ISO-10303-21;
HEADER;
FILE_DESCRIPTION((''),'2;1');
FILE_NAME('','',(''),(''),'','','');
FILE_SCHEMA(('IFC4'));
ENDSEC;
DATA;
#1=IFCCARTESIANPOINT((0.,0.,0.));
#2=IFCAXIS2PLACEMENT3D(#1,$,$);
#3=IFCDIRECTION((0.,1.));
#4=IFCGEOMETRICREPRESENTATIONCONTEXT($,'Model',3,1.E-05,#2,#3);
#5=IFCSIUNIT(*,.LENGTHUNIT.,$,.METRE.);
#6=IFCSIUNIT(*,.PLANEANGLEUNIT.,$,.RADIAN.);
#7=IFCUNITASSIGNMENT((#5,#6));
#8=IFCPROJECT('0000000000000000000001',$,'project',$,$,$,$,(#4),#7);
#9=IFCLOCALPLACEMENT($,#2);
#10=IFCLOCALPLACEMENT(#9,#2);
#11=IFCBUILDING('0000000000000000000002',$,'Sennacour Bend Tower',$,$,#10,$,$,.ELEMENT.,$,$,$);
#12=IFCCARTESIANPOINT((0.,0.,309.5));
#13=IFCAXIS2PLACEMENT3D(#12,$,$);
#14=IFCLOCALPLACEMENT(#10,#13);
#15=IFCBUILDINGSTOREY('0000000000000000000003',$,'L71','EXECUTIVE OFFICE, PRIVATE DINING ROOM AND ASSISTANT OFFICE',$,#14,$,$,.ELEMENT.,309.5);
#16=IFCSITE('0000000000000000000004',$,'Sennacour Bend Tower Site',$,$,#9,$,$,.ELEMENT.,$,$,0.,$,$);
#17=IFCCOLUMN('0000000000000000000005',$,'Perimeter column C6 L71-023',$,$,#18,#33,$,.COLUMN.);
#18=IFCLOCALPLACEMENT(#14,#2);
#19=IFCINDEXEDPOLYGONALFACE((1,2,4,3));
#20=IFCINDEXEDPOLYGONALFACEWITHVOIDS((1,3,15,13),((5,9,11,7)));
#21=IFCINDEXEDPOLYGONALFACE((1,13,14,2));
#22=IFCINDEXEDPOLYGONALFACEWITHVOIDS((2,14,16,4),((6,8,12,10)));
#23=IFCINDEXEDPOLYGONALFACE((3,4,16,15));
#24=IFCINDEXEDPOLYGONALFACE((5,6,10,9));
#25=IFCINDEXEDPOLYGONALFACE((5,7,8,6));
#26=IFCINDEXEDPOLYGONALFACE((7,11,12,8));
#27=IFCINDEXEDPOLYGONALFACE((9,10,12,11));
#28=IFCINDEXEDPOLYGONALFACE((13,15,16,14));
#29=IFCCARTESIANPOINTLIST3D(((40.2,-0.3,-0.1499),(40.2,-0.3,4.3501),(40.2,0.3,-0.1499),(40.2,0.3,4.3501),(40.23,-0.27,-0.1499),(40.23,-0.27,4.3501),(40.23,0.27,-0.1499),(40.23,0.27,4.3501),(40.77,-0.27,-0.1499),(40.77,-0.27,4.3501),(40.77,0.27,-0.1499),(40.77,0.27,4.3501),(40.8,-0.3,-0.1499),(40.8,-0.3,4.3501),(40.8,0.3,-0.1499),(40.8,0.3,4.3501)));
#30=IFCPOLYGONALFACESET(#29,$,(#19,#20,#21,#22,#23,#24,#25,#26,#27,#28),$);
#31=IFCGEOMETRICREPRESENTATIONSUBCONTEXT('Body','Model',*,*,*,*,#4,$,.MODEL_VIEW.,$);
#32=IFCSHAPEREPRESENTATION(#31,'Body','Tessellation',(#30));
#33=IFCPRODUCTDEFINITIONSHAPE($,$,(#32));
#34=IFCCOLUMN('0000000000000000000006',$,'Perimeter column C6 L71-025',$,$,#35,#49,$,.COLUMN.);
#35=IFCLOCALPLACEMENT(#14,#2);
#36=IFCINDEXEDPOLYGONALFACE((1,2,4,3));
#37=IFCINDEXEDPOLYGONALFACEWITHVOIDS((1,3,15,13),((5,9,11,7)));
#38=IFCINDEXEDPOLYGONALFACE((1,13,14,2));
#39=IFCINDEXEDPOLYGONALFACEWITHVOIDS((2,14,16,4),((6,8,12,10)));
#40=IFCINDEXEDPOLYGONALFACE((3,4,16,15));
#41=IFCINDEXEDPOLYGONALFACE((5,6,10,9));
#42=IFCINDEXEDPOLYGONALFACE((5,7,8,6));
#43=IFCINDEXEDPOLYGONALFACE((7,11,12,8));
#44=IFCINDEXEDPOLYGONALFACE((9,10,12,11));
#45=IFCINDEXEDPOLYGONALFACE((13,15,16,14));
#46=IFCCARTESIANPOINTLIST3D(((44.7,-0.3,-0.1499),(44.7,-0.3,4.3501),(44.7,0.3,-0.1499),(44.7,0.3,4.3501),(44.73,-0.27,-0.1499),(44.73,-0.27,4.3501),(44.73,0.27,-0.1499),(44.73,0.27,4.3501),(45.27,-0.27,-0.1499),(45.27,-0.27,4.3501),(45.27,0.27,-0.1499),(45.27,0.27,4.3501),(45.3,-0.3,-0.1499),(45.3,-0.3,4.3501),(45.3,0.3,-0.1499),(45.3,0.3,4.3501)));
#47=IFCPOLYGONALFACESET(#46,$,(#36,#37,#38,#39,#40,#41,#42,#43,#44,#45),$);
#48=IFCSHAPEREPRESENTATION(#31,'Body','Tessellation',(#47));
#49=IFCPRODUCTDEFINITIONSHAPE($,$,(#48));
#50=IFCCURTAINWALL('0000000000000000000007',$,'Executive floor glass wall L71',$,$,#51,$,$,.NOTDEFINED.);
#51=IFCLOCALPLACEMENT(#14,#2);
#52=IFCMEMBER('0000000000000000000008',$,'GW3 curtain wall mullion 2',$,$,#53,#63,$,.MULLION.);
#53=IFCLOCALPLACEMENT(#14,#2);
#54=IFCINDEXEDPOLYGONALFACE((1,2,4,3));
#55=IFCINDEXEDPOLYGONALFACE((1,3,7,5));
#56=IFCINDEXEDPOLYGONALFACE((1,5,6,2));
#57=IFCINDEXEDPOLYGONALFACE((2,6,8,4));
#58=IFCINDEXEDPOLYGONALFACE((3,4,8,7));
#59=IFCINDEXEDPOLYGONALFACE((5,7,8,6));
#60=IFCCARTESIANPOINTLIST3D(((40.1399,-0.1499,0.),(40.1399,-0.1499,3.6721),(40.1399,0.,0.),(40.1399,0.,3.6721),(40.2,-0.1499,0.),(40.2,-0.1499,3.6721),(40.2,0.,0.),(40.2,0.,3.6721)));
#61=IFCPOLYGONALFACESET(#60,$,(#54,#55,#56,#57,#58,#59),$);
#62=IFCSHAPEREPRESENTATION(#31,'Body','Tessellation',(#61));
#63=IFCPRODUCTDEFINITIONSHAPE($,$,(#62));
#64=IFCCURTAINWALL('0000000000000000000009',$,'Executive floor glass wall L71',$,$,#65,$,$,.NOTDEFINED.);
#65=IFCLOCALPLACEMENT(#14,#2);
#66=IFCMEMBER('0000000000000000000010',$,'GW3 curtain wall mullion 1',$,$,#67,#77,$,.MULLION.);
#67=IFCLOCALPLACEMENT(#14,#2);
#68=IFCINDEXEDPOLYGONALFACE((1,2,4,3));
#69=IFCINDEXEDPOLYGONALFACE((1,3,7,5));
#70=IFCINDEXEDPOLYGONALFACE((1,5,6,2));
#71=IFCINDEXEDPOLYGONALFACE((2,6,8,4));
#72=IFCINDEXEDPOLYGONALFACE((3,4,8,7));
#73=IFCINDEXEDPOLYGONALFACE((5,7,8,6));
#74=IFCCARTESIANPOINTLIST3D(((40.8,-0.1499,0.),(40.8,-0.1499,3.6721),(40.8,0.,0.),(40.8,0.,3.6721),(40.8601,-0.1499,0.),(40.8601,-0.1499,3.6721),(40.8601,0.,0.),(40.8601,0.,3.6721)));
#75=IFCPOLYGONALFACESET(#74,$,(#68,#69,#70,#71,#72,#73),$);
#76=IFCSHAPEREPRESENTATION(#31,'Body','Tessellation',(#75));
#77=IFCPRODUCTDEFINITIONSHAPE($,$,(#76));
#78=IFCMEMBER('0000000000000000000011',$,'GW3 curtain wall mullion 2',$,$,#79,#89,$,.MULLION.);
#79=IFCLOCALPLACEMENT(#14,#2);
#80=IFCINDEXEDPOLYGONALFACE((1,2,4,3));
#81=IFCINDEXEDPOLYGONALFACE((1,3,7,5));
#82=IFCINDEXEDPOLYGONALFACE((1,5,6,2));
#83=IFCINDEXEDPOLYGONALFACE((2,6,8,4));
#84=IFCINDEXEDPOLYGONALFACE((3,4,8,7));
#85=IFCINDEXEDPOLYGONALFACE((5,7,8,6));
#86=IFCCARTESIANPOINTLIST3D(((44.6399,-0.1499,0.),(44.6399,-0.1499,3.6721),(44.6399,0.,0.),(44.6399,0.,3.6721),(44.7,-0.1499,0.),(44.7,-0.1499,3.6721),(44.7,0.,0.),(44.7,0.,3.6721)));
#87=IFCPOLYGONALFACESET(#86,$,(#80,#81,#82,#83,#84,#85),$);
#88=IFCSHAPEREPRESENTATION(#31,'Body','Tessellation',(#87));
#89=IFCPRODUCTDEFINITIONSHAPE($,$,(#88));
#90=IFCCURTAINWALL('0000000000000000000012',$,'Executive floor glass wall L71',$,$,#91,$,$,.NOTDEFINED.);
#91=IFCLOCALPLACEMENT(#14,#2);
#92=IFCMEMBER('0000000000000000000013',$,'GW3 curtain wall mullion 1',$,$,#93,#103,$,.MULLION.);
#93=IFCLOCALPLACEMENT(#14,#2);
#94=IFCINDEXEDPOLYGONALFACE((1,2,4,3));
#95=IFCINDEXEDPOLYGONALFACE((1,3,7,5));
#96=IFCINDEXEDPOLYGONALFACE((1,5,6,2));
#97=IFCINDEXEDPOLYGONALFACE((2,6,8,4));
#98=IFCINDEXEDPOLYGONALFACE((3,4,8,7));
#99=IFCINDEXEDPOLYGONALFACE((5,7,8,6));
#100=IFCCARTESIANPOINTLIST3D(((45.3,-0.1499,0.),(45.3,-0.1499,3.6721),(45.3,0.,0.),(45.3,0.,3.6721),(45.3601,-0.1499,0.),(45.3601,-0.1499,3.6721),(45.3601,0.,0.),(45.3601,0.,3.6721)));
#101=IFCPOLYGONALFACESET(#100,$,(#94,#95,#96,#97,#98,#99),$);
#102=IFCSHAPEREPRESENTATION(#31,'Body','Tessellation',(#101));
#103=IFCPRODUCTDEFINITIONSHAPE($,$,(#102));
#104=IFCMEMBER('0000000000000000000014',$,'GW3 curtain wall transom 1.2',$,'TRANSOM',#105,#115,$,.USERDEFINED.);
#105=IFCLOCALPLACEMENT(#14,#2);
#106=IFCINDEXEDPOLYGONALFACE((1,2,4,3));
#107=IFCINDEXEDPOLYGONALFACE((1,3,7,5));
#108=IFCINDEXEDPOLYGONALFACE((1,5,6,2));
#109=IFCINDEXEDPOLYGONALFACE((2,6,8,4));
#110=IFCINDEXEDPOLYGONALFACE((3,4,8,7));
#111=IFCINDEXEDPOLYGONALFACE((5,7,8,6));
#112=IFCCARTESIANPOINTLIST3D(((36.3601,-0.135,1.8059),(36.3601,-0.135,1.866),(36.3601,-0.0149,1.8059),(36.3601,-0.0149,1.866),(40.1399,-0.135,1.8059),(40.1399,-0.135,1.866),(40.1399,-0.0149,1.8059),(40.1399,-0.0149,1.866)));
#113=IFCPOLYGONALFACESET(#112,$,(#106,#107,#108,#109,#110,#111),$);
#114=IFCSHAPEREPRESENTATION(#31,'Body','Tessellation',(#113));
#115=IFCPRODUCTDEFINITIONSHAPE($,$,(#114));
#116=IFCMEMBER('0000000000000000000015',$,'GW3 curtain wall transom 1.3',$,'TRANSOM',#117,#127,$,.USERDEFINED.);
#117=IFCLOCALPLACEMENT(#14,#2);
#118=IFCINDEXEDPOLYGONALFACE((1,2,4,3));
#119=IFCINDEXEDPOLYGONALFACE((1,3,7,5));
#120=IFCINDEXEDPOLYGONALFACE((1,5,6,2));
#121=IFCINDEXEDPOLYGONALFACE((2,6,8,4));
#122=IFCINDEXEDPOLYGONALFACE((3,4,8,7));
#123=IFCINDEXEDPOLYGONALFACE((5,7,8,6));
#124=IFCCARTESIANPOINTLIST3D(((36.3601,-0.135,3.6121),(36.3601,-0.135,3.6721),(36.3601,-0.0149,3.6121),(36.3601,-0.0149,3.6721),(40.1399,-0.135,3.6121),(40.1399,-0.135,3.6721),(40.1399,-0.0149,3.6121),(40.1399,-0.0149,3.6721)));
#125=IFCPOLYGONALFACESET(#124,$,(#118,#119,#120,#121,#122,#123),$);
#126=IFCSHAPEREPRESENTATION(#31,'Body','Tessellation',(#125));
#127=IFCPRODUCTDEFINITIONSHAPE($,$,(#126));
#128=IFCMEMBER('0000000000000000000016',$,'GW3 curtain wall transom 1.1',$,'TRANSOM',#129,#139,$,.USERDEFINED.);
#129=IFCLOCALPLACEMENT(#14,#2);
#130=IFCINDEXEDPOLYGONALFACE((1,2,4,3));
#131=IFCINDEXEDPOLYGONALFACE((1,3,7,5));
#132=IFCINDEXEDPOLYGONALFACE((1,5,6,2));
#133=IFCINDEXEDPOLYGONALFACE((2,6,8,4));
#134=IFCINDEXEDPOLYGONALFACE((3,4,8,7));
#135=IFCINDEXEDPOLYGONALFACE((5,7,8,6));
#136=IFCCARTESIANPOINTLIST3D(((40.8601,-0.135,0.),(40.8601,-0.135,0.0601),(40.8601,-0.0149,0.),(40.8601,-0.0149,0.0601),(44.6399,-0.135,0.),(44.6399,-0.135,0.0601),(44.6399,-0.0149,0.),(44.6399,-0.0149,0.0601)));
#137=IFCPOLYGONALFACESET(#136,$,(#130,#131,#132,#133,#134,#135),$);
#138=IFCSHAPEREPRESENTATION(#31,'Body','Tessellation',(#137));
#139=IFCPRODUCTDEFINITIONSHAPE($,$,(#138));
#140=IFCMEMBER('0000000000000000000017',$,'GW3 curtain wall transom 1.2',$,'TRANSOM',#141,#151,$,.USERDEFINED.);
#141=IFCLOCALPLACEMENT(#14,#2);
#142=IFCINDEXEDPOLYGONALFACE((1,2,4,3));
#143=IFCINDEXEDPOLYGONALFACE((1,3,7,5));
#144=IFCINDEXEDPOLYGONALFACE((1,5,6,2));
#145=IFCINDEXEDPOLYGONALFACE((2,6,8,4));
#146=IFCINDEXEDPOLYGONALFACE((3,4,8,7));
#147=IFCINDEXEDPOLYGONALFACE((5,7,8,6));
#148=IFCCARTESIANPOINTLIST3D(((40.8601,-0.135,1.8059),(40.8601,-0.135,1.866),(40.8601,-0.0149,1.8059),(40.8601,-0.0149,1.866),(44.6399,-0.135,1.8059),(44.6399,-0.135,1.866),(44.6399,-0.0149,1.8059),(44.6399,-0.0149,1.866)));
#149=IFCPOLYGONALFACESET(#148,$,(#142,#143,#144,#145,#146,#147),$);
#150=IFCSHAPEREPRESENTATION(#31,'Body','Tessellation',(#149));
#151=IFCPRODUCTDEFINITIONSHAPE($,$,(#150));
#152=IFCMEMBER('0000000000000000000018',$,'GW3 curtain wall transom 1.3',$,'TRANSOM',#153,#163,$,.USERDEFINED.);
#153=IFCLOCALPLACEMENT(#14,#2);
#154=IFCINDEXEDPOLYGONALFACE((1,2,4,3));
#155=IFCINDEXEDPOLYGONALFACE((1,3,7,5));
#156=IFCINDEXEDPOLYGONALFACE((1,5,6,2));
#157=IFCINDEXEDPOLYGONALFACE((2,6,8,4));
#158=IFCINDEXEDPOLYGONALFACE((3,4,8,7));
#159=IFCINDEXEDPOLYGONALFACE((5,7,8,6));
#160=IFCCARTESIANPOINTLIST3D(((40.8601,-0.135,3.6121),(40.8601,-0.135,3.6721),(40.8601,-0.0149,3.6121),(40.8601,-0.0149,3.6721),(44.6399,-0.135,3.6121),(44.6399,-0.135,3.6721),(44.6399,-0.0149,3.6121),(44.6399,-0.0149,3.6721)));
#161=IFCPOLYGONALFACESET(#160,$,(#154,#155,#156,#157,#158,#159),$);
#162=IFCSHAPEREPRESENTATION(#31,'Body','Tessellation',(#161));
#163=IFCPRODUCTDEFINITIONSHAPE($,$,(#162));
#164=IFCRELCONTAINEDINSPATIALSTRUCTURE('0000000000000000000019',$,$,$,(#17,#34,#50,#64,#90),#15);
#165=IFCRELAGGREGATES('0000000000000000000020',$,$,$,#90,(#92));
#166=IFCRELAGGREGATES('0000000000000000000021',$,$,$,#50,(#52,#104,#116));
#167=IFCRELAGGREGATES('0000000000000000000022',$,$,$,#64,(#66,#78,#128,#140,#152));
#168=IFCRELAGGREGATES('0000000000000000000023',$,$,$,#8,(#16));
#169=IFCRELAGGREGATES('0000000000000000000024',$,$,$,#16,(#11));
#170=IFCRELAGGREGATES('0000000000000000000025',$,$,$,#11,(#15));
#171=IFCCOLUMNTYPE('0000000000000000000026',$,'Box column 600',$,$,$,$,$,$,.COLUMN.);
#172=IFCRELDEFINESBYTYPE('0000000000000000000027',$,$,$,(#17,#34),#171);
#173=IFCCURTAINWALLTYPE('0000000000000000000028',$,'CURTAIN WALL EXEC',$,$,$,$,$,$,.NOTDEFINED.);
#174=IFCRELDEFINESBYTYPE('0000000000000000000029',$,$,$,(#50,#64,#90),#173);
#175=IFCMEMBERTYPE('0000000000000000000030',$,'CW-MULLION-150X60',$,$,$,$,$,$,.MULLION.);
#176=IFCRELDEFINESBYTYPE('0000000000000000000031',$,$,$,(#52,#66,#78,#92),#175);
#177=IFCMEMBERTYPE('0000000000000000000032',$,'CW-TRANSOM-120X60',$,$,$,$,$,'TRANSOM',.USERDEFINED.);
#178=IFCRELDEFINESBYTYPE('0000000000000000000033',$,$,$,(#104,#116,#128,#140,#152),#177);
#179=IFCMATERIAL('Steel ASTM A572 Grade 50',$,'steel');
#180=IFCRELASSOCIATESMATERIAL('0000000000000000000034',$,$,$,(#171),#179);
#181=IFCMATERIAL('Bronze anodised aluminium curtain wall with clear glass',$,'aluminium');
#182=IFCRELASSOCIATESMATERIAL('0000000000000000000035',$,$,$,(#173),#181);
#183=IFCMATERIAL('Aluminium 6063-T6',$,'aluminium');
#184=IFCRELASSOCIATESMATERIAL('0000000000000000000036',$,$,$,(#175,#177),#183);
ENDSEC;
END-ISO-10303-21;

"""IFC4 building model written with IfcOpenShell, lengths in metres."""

from ifc_helpers import new_model, si_unit, direction, frame, origin, origin_2d, place, context, subcontext, project, spatial, rectangle, hollow_rectangle, extrude, material, material_profile, profile_set, type_object, element, aggregate, save


model = new_model("IFC4")

# Units and contexts
model_context = context("Model", 3, precision=1e-05, world=origin(), true_north=direction((0.0, 1.0)))
body_context = subcontext(model_context, "Body", "Model", "MODEL_VIEW")
ifc_project = project(units=[si_unit("LENGTHUNIT", "METRE"), si_unit("PLANEANGLEUNIT", "RADIAN")], contexts=[model_context])

# Site, building, storey
site_placement = place(None, origin())
site = spatial("IfcSite", under=ifc_project, at=site_placement, Name="Sennacour Bend Tower Site", CompositionType="ELEMENT", RefElevation=0.0)
building_placement = place(site_placement, origin())
building = spatial("IfcBuilding", under=site, at=building_placement, Name="Sennacour Bend Tower", CompositionType="ELEMENT")
storey_placement = place(building_placement, frame((0.0, 0.0, 309.5)))
storey = spatial("IfcBuildingStorey", under=building, at=storey_placement, Name="L71", Description="EXECUTIVE OFFICE, PRIVATE DINING ROOM AND ASSISTANT OFFICE", CompositionType="ELEMENT", Elevation=309.5)

# Columns
ifc_material_1 = material(Name="Steel ASTM A572 Grade 50", Category="steel")
ifc_material_profile_1 = material_profile(ifc_material_1, hollow_rectangle(XDim=0.6001, YDim=0.6001, WallThickness=0.03, at=origin_2d()), Name="Steel ASTM A572 Grade 50", Category="steel")
ifc_profile_set_1 = profile_set([ifc_material_profile_1], Name="Steel ASTM A572 Grade 50")
column_type = type_object("IfcColumnType", Name="Box column 600", PredefinedType="COLUMN", material=ifc_profile_set_1)
for number, where, z_axis, x_axis, name in (
    (1, (40.5, 0.0, -0.1499), (0.0, 0.0, 1.0), (1.0, 0.0, 0.0), "Perimeter column C6 L71-023"),
    (2, (45.0, 0.0, -0.1499), (0.0, 0.0, 1.0), (1.0, 0.0, 0.0), "Perimeter column C6 L71-025"),
):
    element("IfcColumn", number, at=place(storey_placement, frame(where, z_axis=z_axis, x_axis=x_axis)), inside=storey, type_object=column_type, Name=name, PredefinedType="COLUMN", context=body_context, shape_type="SweptSolid", body=[
        extrude(hollow_rectangle(XDim=0.6001, YDim=0.6001, WallThickness=0.03, at=origin_2d()), origin(), (0.0, 0.0, 1.0), 4.5),
    ])

# Curtain wall, member
ifc_material_2 = material(Name="Bronze anodised aluminium curtain wall with clear glass", Category="aluminium")
curtain_wall_type = type_object("IfcCurtainWallType", Name="CURTAIN WALL EXEC", PredefinedType="NOTDEFINED", material=ifc_material_2)
curtain_wall_1_placement = place(storey_placement, origin())
curtain_wall_1 = element("IfcCurtainWall", 3, at=curtain_wall_1_placement, inside=storey, type_object=curtain_wall_type, Name="Executive floor glass wall L71", PredefinedType="NOTDEFINED")
ifc_material_3 = material(Name="Aluminium 6063-T6", Category="aluminium")
ifc_material_profile_2 = material_profile(ifc_material_3, rectangle(XDim=0.1499, YDim=0.0601, at=origin_2d()), Name="Aluminium 6063-T6", Category="aluminium")
ifc_profile_set_2 = profile_set([ifc_material_profile_2], Name="Aluminium 6063-T6")
member_type_1 = type_object("IfcMemberType", Name="CW-MULLION-150X60", PredefinedType="MULLION", material=ifc_profile_set_2)
member_1_placement = place(storey_placement, frame((40.1699, -0.075, 0.0), z_axis=(0.0, 0.0, 1.0), x_axis=(0.0, 1.0, 0.0)))
member_1 = element("IfcMember", 4, at=member_1_placement, type_object=member_type_1, Name="GW3 curtain wall mullion 2", PredefinedType="MULLION", context=body_context, shape_type="SweptSolid", body=[
    extrude(rectangle(XDim=0.1499, YDim=0.0601, at=origin_2d()), origin(), (0.0, 0.0, 1.0), 3.6721),
])

# Curtain wall, members
curtain_wall_2_placement = place(storey_placement, origin())
curtain_wall_2 = element("IfcCurtainWall", 5, at=curtain_wall_2_placement, inside=storey, type_object=curtain_wall_type, Name="Executive floor glass wall L71", PredefinedType="NOTDEFINED")
member_2_placement = place(storey_placement, frame((40.8301, -0.075, 0.0), z_axis=(0.0, 0.0, 1.0), x_axis=(0.0, 1.0, 0.0)))
member_2 = element("IfcMember", 6, at=member_2_placement, type_object=member_type_1, Name="GW3 curtain wall mullion 1", PredefinedType="MULLION", context=body_context, shape_type="SweptSolid", body=[
    extrude(rectangle(XDim=0.1499, YDim=0.0601, at=origin_2d()), origin(), (0.0, 0.0, 1.0), 3.6721),
])
member_3_placement = place(storey_placement, frame((44.6699, -0.075, 0.0), z_axis=(0.0, 0.0, 1.0), x_axis=(0.0, 1.0, 0.0)))
member_3 = element("IfcMember", 7, at=member_3_placement, type_object=member_type_1, Name="GW3 curtain wall mullion 2", PredefinedType="MULLION", context=body_context, shape_type="SweptSolid", body=[
    extrude(rectangle(XDim=0.1499, YDim=0.0601, at=origin_2d()), origin(), (0.0, 0.0, 1.0), 3.6721),
])

# Curtain wall, member
curtain_wall_3_placement = place(storey_placement, origin())
curtain_wall_3 = element("IfcCurtainWall", 8, at=curtain_wall_3_placement, inside=storey, type_object=curtain_wall_type, Name="Executive floor glass wall L71", PredefinedType="NOTDEFINED")
member_4_placement = place(storey_placement, frame((45.3301, -0.075, 0.0), z_axis=(0.0, 0.0, 1.0), x_axis=(0.0, 1.0, 0.0)))
member_4 = element("IfcMember", 9, at=member_4_placement, type_object=member_type_1, Name="GW3 curtain wall mullion 1", PredefinedType="MULLION", context=body_context, shape_type="SweptSolid", body=[
    extrude(rectangle(XDim=0.1499, YDim=0.0601, at=origin_2d()), origin(), (0.0, 0.0, 1.0), 3.6721),
])
aggregate(curtain_wall_3, [member_4])

# Members
ifc_material_profile_3 = material_profile(ifc_material_3, rectangle(XDim=0.1201, YDim=0.0601, at=origin_2d()), Name="Aluminium 6063-T6", Category="aluminium")
ifc_profile_set_3 = profile_set([ifc_material_profile_3], Name="Aluminium 6063-T6")
member_type_2 = type_object("IfcMemberType", Name="CW-TRANSOM-120X60", ElementType="TRANSOM", PredefinedType="USERDEFINED", material=ifc_profile_set_3)
member_5_placement = place(storey_placement, frame((36.3601, -0.075, 1.8359), z_axis=(1.0, 0.0, 0.0), x_axis=(0.0, 1.0, 0.0)))
member_5 = element("IfcMember", 10, at=member_5_placement, type_object=member_type_2, Name="GW3 curtain wall transom 1.2", ObjectType="TRANSOM", PredefinedType="USERDEFINED", context=body_context, shape_type="SweptSolid", body=[
    extrude(rectangle(XDim=0.1201, YDim=0.0601, at=origin_2d()), origin(), (0.0, 0.0, 1.0), 3.7798),
])
member_6_placement = place(storey_placement, frame((36.3601, -0.075, 3.6421), z_axis=(1.0, 0.0, 0.0), x_axis=(0.0, 1.0, 0.0)))
member_6 = element("IfcMember", 11, at=member_6_placement, type_object=member_type_2, Name="GW3 curtain wall transom 1.3", ObjectType="TRANSOM", PredefinedType="USERDEFINED", context=body_context, shape_type="SweptSolid", body=[
    extrude(rectangle(XDim=0.1201, YDim=0.0601, at=origin_2d()), origin(), (0.0, 0.0, 1.0), 3.7798),
])
member_7_placement = place(storey_placement, frame((40.8601, -0.075, 0.03), z_axis=(1.0, 0.0, 0.0), x_axis=(0.0, 1.0, 0.0)))
member_7 = element("IfcMember", 12, at=member_7_placement, type_object=member_type_2, Name="GW3 curtain wall transom 1.1", ObjectType="TRANSOM", PredefinedType="USERDEFINED", context=body_context, shape_type="SweptSolid", body=[
    extrude(rectangle(XDim=0.1201, YDim=0.0601, at=origin_2d()), origin(), (0.0, 0.0, 1.0), 3.7798),
])
member_8_placement = place(storey_placement, frame((40.8601, -0.075, 1.8359), z_axis=(1.0, 0.0, 0.0), x_axis=(0.0, 1.0, 0.0)))
member_8 = element("IfcMember", 13, at=member_8_placement, type_object=member_type_2, Name="GW3 curtain wall transom 1.2", ObjectType="TRANSOM", PredefinedType="USERDEFINED", context=body_context, shape_type="SweptSolid", body=[
    extrude(rectangle(XDim=0.1201, YDim=0.0601, at=origin_2d()), origin(), (0.0, 0.0, 1.0), 3.7798),
])
member_9_placement = place(storey_placement, frame((40.8601, -0.075, 3.6421), z_axis=(1.0, 0.0, 0.0), x_axis=(0.0, 1.0, 0.0)))
member_9 = element("IfcMember", 14, at=member_9_placement, type_object=member_type_2, Name="GW3 curtain wall transom 1.3", ObjectType="TRANSOM", PredefinedType="USERDEFINED", context=body_context, shape_type="SweptSolid", body=[
    extrude(rectangle(XDim=0.1201, YDim=0.0601, at=origin_2d()), origin(), (0.0, 0.0, 1.0), 3.7798),
])

aggregate(curtain_wall_1, [member_1, member_5, member_6])
aggregate(curtain_wall_2, [member_2, member_3, member_7, member_8, member_9])

save(model, "model.ifc")
